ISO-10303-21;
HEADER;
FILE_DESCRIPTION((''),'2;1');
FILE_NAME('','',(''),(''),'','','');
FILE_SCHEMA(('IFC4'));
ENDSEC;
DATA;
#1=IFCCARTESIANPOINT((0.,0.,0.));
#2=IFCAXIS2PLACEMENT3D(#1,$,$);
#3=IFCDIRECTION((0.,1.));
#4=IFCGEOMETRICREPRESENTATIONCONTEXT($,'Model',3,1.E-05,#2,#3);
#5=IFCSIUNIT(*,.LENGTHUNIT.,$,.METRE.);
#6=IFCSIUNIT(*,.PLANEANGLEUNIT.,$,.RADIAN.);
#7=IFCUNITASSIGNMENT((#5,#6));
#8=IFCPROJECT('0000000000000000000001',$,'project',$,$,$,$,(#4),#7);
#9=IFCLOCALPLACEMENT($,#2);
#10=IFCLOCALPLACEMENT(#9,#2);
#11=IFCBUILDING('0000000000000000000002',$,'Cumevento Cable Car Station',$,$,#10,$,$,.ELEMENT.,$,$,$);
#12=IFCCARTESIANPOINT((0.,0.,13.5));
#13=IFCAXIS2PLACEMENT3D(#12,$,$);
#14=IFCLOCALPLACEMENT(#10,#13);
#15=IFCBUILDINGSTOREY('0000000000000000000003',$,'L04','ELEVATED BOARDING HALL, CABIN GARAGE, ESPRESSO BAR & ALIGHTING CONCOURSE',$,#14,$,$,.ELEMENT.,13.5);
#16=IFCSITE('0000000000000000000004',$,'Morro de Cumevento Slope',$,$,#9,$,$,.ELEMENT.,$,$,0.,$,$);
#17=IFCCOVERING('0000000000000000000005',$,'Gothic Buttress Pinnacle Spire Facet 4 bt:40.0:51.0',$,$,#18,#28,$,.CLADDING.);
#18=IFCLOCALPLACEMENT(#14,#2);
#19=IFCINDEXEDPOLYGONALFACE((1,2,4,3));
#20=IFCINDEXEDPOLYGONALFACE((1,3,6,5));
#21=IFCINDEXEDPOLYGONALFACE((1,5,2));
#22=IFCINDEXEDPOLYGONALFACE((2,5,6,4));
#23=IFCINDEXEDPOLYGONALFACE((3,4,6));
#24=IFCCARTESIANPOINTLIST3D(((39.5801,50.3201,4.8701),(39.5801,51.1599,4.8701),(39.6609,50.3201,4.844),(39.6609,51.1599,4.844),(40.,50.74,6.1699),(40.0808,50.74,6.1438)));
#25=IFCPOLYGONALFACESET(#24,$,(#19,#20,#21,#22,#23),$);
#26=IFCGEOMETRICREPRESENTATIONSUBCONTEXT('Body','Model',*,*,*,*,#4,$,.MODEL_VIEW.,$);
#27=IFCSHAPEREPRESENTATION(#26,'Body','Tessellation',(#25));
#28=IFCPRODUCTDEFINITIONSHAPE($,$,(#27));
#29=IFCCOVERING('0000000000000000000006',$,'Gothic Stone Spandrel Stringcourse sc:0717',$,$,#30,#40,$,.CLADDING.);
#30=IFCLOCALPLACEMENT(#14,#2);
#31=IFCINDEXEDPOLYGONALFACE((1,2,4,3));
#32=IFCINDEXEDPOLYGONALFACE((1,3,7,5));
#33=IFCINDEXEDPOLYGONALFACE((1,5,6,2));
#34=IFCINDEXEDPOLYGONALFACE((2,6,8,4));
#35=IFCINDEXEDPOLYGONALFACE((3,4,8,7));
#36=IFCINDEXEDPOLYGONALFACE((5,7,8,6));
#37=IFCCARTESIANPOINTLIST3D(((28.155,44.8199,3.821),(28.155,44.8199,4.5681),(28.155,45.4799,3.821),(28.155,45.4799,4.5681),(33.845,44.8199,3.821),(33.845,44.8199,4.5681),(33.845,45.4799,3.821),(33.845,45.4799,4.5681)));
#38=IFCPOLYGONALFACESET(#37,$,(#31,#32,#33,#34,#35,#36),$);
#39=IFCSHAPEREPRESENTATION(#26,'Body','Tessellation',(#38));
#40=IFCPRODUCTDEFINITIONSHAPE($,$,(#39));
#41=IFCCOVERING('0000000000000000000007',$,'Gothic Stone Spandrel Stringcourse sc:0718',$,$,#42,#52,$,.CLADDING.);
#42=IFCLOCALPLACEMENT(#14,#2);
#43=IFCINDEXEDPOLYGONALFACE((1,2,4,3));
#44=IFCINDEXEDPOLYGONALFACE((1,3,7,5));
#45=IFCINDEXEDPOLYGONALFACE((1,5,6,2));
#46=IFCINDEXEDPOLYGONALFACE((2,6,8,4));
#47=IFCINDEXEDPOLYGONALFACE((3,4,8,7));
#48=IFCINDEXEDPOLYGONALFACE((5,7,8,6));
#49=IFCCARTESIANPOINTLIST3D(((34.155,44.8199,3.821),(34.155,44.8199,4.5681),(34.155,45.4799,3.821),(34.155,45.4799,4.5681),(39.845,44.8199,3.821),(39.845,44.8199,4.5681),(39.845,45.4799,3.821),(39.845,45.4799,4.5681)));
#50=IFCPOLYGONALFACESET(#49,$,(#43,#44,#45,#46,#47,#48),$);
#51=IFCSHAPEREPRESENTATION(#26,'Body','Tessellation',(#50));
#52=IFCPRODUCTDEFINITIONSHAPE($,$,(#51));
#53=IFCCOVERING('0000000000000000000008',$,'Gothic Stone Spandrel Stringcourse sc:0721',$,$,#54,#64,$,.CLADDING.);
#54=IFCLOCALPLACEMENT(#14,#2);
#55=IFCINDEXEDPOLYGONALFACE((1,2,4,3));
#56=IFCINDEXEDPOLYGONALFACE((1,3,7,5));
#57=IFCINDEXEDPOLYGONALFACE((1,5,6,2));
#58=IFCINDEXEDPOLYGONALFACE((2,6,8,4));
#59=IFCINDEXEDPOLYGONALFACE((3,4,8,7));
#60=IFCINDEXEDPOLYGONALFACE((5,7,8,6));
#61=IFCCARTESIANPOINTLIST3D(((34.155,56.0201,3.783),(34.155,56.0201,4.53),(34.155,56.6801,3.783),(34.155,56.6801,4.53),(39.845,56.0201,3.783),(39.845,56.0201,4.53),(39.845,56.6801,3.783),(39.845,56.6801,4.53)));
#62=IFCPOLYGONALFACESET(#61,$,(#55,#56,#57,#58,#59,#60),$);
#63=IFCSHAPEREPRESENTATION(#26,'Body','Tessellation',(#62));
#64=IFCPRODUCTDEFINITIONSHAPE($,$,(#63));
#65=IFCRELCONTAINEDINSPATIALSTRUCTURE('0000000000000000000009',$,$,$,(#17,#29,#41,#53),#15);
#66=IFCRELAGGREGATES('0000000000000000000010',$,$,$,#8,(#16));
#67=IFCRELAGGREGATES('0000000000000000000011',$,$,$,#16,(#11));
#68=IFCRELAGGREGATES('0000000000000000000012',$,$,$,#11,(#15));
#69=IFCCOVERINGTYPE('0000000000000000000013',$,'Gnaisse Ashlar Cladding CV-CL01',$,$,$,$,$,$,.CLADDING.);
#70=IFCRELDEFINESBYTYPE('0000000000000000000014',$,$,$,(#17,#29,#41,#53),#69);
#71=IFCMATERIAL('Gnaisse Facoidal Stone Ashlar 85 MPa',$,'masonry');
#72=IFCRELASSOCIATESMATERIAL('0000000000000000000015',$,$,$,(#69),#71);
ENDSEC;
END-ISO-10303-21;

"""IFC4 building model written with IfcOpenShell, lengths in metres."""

from ifc_helpers import new_model, si_unit, direction, frame, origin, origin_2d, place, context, subcontext, project, spatial, polyline, rectangle, outline, extrude, material, type_object, element, save


model = new_model("IFC4")

# Units and contexts
model_context = context("Model", 3, precision=1e-05, world=origin(), true_north=direction((0.0, 1.0)))
body_context = subcontext(model_context, "Body", "Model", "MODEL_VIEW")
ifc_project = project(units=[si_unit("LENGTHUNIT", "METRE"), si_unit("PLANEANGLEUNIT", "RADIAN")], contexts=[model_context])

# Site, building, storey
site_placement = place(None, origin())
site = spatial("IfcSite", under=ifc_project, at=site_placement, Name="Morro de Cumevento Slope", CompositionType="ELEMENT", RefElevation=0.0)
building_placement = place(site_placement, origin())
building = spatial("IfcBuilding", under=site, at=building_placement, Name="Cumevento Cable Car Station", CompositionType="ELEMENT")
storey_placement = place(building_placement, frame((0.0, 0.0, 13.5)))
storey = spatial("IfcBuildingStorey", under=building, at=storey_placement, Name="L04", Description="ELEVATED BOARDING HALL, CABIN GARAGE, ESPRESSO BAR & ALIGHTING CONCOURSE", CompositionType="ELEMENT", Elevation=13.5)

# Coverings
ifc_material_1 = material(Name="Gnaisse Facoidal Stone Ashlar 85 MPa", Category="masonry")
covering_type = type_object("IfcCoveringType", Name="Gnaisse Ashlar Cladding CV-CL01", PredefinedType="CLADDING", material=ifc_material_1)
for number, where, z_axis, x_axis, name in (
    (1, (39.5801, 50.3201, 4.8701), (-0.951574, 0.0, 0.307421), (0.0, 1.0, 0.0), "Gothic Buttress Pinnacle Spire Facet 4 bt:40.0:51.0"),
):
    element("IfcCovering", number, at=place(storey_placement, frame(where, z_axis=z_axis, x_axis=x_axis)), inside=storey, type_object=covering_type, Name=name, PredefinedType="CLADDING", context=body_context, shape_type="SweptSolid", body=[
        extrude(outline(polyline([(0.0, 0.0), (0.8398, 0.0), (0.4199, -1.366), (0.0, 0.0)])), origin(), (0.0, 0.0, -1.0), 0.085),
    ])
for number, where, z_axis, x_axis, name in (
    (2, (31.0, 45.1499, 3.821), (0.0, 0.0, 1.0), (-1.0, 0.0, 0.0), "Gothic Stone Spandrel Stringcourse sc:0717"),
    (3, (37.0, 45.1499, 3.821), (0.0, 0.0, 1.0), (-1.0, 0.0, 0.0), "Gothic Stone Spandrel Stringcourse sc:0718"),
    (4, (37.0, 56.3501, 3.783), (0.0, 0.0, 1.0), (1.0, 0.0, 0.0), "Gothic Stone Spandrel Stringcourse sc:0721"),
):
    element("IfcCovering", number, at=place(storey_placement, frame(where, z_axis=z_axis, x_axis=x_axis)), inside=storey, type_object=covering_type, Name=name, PredefinedType="CLADDING", context=body_context, shape_type="SweptSolid", body=[
        extrude(rectangle(XDim=5.6899, YDim=0.6599, at=origin_2d()), origin(), (0.0, 0.0, 1.0), 0.7471),
    ])

save(model, "model.ifc")
